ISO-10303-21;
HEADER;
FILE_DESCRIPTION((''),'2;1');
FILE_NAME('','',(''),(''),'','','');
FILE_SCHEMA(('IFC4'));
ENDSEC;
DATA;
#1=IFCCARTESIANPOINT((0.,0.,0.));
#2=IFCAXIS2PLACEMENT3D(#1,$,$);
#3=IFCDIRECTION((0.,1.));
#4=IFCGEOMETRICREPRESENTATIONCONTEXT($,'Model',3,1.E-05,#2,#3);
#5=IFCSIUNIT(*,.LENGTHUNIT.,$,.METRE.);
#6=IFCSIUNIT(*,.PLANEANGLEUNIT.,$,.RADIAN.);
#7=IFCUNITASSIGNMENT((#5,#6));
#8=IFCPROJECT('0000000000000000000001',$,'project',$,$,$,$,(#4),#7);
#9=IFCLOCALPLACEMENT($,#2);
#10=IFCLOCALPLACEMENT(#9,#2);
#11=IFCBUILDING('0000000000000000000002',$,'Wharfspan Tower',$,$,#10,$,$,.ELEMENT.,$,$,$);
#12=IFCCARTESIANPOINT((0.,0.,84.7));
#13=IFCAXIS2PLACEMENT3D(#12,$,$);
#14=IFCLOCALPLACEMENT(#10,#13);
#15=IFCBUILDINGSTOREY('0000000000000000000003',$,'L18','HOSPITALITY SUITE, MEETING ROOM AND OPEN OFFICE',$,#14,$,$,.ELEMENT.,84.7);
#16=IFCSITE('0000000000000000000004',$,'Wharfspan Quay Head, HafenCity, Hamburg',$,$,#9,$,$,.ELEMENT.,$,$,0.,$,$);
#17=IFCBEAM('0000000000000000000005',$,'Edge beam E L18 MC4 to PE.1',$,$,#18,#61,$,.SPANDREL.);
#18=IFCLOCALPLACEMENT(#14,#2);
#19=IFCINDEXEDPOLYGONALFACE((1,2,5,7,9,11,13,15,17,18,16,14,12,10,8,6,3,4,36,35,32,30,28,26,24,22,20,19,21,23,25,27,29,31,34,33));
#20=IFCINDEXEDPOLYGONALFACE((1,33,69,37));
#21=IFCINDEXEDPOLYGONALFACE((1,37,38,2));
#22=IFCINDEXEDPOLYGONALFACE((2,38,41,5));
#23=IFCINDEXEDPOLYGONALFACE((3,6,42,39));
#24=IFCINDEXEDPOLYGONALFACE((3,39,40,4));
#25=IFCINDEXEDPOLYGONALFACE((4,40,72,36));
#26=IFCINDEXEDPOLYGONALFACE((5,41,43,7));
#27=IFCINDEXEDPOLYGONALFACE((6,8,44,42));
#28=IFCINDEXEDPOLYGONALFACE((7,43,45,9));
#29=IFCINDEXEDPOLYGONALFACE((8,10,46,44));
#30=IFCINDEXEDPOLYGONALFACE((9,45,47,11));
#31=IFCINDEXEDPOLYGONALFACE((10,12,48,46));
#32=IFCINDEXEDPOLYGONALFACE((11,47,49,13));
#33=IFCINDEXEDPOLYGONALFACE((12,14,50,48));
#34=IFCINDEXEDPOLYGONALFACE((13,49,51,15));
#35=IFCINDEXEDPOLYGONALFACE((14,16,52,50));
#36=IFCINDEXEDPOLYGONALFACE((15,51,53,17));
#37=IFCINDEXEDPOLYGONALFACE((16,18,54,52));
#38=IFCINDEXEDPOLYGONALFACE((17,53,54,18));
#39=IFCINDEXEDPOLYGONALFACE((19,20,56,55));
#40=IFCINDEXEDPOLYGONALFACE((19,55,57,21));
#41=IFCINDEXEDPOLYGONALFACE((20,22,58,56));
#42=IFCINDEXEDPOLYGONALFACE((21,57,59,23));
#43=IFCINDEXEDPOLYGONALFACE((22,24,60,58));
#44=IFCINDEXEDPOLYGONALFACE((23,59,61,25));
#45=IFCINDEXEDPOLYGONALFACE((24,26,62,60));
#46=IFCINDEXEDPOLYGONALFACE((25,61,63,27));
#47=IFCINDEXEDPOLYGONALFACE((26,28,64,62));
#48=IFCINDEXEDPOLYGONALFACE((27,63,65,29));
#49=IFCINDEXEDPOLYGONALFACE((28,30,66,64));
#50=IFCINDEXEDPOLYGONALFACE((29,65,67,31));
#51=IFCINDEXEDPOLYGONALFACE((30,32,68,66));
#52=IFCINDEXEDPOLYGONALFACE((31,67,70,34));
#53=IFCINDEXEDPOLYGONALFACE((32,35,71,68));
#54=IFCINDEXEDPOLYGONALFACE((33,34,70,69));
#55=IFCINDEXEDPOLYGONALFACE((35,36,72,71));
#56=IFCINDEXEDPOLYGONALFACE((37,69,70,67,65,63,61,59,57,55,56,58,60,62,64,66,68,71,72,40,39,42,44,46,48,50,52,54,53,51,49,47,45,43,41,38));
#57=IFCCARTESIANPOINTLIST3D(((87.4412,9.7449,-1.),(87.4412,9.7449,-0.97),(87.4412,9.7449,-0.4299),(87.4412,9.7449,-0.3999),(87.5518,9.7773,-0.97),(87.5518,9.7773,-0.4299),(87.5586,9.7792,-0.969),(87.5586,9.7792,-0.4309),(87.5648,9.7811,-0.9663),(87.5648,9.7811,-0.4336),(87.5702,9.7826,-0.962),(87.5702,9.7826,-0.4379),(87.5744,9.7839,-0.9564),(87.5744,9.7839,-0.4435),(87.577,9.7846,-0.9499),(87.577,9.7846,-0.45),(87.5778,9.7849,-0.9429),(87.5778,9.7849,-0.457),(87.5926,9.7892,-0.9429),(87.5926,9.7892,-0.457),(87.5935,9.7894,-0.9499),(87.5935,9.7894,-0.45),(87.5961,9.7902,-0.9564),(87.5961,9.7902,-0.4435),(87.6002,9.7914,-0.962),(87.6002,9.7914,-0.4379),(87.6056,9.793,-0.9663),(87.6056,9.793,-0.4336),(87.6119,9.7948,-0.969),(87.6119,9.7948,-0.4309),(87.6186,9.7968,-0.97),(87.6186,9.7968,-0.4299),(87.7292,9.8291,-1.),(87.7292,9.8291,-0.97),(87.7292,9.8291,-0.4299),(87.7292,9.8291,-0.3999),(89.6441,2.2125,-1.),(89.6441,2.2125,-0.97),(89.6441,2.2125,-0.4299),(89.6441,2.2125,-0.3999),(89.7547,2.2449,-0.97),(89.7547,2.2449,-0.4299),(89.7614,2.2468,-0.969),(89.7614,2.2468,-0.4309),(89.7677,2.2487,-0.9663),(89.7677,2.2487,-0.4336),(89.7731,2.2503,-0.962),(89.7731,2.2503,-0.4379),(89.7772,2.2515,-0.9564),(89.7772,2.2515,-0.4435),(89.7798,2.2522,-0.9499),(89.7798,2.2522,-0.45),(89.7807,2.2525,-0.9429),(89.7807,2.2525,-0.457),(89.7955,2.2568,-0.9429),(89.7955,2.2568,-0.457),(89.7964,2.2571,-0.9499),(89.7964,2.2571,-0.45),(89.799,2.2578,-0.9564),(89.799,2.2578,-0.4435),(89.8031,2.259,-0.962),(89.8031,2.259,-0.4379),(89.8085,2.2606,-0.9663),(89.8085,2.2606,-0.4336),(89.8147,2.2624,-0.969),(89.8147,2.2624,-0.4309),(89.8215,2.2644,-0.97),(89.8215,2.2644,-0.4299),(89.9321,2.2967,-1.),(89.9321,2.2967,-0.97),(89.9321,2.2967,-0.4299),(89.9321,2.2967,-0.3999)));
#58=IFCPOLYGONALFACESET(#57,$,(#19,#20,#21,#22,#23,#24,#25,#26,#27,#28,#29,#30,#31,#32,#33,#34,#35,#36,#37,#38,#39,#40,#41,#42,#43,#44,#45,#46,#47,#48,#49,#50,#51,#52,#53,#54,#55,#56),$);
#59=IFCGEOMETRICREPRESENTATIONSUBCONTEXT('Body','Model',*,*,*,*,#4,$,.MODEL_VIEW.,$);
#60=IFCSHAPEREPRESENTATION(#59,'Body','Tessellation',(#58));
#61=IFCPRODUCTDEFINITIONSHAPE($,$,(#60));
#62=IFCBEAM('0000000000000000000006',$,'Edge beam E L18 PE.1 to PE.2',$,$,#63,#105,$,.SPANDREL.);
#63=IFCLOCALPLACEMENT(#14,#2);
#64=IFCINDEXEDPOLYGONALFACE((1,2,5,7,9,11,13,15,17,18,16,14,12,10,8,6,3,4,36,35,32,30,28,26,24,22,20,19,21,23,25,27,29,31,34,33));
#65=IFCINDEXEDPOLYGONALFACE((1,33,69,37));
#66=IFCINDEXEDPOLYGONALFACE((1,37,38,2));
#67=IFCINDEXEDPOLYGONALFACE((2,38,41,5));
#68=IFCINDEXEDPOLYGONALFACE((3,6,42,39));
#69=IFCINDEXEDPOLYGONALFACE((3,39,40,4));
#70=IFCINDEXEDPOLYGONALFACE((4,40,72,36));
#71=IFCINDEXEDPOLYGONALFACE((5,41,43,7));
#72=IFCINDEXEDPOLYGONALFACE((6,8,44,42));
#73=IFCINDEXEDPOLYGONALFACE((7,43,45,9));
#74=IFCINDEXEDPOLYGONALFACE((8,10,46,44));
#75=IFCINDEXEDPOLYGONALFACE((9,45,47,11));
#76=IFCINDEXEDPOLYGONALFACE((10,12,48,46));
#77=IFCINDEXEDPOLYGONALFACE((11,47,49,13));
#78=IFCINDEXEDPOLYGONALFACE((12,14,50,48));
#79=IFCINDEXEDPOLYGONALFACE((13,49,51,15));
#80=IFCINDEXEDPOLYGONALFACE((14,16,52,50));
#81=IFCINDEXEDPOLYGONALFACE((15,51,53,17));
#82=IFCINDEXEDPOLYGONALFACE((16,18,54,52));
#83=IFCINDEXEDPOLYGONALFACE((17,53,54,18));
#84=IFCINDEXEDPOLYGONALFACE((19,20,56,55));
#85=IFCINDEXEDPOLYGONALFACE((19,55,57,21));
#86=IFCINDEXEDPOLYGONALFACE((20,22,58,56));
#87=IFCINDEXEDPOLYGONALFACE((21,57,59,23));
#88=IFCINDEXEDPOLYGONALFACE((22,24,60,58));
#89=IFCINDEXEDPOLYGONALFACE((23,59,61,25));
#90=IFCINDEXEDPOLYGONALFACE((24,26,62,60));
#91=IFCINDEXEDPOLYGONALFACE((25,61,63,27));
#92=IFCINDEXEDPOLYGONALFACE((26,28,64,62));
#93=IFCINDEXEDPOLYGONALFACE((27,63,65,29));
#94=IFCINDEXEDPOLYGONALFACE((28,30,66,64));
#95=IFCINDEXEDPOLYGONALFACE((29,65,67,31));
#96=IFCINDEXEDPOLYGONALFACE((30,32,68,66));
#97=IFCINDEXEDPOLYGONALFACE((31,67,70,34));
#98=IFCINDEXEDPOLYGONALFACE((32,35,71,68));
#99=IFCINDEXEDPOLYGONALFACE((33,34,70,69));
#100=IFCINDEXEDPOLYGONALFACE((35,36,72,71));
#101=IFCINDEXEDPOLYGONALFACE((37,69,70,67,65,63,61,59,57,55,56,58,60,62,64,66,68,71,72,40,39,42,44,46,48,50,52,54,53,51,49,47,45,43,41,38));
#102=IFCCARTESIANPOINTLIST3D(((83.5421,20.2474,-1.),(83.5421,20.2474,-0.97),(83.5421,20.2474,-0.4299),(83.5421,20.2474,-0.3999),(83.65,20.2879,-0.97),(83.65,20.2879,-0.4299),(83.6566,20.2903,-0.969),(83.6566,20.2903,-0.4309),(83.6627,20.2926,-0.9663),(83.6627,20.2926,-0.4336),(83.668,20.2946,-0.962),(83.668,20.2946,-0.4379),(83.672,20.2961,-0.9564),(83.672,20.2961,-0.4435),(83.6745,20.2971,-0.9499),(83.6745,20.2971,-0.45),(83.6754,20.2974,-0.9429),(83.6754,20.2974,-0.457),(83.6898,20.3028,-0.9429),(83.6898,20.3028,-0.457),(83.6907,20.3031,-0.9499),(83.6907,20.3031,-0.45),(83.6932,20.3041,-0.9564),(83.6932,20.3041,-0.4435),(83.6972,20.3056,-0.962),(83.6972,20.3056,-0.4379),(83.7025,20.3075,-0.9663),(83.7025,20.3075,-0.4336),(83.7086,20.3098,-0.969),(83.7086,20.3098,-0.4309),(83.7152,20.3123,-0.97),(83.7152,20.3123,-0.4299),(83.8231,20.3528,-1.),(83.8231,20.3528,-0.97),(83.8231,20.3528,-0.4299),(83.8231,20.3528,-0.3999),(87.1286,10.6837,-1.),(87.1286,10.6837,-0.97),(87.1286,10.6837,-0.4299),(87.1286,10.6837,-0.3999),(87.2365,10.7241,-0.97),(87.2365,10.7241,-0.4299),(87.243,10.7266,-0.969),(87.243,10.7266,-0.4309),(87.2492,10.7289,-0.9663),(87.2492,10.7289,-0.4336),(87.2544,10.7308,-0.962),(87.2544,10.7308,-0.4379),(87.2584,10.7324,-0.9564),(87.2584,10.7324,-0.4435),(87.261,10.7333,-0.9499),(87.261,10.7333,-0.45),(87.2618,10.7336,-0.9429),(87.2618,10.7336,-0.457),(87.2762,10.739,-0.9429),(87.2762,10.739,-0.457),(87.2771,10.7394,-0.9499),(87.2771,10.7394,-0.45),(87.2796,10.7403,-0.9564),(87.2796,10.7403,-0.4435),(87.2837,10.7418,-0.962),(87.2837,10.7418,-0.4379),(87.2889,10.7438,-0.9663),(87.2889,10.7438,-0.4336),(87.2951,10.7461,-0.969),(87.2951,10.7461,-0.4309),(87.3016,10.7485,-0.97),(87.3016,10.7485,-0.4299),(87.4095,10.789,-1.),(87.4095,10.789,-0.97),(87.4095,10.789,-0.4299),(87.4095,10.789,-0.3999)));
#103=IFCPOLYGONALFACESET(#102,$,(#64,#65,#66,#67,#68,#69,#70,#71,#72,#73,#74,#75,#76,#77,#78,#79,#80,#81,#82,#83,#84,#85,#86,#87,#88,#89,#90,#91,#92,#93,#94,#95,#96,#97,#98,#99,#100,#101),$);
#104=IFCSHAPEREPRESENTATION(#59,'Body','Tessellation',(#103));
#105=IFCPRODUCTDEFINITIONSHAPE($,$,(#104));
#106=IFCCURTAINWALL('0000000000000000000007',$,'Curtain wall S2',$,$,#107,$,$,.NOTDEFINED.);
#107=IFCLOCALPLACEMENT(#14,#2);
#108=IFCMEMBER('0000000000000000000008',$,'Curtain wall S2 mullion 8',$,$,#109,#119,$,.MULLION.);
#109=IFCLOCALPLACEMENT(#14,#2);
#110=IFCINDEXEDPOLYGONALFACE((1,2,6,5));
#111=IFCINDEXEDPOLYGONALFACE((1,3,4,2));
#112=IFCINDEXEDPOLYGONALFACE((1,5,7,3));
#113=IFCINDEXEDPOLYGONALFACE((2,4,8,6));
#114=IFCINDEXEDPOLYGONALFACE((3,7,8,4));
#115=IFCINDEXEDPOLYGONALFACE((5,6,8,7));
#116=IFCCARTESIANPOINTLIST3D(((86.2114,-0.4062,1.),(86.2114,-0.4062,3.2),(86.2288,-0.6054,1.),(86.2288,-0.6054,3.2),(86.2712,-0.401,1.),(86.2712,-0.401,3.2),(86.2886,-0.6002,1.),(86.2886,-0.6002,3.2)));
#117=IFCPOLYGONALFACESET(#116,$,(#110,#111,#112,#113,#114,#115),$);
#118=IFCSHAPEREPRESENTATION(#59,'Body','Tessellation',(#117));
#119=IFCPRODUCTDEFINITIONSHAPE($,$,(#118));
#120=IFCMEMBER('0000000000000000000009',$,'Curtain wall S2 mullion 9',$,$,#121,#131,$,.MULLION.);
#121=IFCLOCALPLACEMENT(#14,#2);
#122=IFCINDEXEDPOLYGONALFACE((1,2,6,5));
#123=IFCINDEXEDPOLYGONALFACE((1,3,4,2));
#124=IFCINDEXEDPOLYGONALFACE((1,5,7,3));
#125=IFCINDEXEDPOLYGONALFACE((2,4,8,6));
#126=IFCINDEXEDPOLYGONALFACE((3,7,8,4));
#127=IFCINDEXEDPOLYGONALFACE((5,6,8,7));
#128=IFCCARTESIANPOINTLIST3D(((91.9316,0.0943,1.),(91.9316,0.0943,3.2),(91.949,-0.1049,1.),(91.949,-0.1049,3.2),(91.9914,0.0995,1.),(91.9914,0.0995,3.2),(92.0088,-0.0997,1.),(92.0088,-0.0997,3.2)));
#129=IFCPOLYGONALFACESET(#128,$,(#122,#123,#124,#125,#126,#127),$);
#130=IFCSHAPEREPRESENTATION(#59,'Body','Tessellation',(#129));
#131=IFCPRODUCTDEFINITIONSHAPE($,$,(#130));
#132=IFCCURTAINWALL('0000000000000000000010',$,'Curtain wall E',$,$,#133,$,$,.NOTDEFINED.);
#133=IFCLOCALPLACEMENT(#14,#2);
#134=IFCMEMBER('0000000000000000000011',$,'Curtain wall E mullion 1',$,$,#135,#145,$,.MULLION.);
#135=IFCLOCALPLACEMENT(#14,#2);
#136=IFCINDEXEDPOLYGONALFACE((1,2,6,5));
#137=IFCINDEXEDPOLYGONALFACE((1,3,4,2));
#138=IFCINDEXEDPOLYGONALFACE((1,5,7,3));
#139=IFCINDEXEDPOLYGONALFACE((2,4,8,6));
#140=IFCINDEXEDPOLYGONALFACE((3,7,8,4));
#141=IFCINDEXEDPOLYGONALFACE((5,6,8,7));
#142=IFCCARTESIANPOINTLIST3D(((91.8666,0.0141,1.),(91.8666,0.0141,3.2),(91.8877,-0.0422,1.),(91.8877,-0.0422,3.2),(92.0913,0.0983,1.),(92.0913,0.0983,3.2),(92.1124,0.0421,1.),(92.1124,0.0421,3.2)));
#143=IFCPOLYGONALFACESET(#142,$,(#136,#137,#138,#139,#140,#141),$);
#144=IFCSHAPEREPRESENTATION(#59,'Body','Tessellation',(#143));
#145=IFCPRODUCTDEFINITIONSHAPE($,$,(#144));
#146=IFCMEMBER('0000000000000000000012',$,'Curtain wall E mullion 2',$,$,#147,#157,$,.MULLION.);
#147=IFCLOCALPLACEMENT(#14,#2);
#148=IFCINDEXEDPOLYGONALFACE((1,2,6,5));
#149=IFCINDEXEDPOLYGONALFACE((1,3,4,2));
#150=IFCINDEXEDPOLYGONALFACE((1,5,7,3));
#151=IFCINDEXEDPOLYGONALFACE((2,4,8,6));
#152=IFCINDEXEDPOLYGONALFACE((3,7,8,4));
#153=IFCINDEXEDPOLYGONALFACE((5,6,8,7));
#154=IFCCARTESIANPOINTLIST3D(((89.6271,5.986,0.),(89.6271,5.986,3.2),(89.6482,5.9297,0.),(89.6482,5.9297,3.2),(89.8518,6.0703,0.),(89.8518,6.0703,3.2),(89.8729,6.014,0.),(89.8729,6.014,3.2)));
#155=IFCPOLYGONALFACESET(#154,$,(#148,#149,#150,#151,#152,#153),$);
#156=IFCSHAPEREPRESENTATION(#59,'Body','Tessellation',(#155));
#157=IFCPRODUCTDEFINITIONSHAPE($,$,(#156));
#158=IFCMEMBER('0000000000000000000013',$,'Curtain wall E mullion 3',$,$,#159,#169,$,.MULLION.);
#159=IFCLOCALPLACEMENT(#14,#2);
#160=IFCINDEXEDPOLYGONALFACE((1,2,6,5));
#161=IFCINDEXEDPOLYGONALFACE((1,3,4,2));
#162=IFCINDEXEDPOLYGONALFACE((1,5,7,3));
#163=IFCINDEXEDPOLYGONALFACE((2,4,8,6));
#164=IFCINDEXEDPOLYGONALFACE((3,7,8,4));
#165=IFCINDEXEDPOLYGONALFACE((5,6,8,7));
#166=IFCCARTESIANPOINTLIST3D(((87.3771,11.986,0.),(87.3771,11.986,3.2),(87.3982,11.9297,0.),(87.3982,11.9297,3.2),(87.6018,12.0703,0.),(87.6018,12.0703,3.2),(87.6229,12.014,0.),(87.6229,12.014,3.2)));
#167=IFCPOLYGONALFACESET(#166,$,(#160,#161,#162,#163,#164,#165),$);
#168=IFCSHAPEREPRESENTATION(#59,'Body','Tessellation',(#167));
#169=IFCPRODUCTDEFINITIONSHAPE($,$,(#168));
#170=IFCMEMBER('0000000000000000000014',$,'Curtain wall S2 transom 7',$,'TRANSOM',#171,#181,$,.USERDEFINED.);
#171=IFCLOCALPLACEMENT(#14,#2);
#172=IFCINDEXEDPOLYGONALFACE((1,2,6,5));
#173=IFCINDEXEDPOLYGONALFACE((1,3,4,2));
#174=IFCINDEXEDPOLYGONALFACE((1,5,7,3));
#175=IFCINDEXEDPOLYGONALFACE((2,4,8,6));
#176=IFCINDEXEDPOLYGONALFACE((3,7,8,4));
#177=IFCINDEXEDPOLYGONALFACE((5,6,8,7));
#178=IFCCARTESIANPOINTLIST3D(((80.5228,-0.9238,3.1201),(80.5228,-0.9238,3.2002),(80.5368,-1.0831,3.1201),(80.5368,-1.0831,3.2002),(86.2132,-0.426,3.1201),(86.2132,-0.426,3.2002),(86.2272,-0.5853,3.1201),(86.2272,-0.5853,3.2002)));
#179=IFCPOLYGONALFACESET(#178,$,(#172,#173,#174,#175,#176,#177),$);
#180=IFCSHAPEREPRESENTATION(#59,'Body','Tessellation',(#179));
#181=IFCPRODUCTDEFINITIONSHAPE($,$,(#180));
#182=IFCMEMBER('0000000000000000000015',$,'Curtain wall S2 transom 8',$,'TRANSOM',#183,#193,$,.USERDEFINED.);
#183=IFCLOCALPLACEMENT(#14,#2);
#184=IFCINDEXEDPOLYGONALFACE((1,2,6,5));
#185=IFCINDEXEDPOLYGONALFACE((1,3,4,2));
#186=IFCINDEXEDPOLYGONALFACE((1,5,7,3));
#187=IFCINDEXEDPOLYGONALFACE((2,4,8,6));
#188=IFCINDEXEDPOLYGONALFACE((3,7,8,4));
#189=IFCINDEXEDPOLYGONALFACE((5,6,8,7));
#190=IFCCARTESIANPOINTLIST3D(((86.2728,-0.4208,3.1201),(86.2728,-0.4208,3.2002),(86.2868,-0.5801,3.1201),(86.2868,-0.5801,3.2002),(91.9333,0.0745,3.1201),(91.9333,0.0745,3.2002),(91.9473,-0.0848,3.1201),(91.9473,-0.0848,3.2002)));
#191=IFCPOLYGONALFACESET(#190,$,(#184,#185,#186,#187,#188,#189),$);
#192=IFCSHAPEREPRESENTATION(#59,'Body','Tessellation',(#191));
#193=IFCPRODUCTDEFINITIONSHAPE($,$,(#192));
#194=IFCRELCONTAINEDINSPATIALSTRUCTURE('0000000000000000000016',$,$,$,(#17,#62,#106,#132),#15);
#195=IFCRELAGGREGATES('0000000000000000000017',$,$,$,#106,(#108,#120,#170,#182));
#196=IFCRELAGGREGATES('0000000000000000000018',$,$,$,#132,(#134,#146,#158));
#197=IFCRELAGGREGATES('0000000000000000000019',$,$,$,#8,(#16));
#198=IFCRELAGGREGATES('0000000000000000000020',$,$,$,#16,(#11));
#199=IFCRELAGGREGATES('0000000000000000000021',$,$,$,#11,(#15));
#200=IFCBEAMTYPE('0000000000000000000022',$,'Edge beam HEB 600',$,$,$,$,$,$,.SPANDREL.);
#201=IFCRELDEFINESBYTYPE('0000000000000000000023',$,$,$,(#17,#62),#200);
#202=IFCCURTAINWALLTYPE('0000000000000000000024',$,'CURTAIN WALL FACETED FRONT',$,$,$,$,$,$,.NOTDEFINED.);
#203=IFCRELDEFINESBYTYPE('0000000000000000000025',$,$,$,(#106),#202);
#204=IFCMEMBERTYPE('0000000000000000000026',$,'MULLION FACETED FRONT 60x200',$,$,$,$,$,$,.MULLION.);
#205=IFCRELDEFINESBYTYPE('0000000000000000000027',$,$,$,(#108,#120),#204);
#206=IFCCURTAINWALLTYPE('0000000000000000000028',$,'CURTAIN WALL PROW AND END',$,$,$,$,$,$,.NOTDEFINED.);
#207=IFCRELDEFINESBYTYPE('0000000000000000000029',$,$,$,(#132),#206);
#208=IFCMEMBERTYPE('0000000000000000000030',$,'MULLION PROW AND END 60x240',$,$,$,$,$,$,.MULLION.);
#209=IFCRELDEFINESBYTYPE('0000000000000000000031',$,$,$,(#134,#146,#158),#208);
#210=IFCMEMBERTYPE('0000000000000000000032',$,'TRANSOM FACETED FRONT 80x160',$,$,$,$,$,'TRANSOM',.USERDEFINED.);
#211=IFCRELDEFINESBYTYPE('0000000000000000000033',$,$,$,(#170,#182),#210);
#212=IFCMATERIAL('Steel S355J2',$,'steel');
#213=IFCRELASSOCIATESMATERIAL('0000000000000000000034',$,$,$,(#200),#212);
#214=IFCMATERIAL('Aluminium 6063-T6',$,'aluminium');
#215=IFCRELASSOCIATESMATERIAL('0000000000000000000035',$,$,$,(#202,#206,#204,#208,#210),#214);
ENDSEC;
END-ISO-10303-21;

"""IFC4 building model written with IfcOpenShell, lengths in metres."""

from ifc_helpers import new_model, si_unit, direction, frame, origin, origin_2d, place, context, subcontext, project, spatial, rectangle, i_section, extrude, material, material_profile, profile_set, type_object, element, aggregate, save


model = new_model("IFC4")

# Units and contexts
model_context = context("Model", 3, precision=1e-05, world=origin(), true_north=direction((0.0, 1.0)))
body_context = subcontext(model_context, "Body", "Model", "MODEL_VIEW")
ifc_project = project(units=[si_unit("LENGTHUNIT", "METRE"), si_unit("PLANEANGLEUNIT", "RADIAN")], contexts=[model_context])

# Site, building, storey
site_placement = place(None, origin())
site = spatial("IfcSite", under=ifc_project, at=site_placement, Name="Wharfspan Quay Head, HafenCity, Hamburg", CompositionType="ELEMENT", RefElevation=0.0)
building_placement = place(site_placement, origin())
building = spatial("IfcBuilding", under=site, at=building_placement, Name="Wharfspan Tower", CompositionType="ELEMENT")
storey_placement = place(building_placement, frame((0.0, 0.0, 84.7)))
storey = spatial("IfcBuildingStorey", under=building, at=storey_placement, Name="L18", Description="HOSPITALITY SUITE, MEETING ROOM AND OPEN OFFICE", CompositionType="ELEMENT", Elevation=84.7)

# Shared definitions
ifc_material_1 = material(Name="Steel S355J2", Category="steel")

# Beams
ifc_material_profile_1 = material_profile(ifc_material_1, i_section(OverallWidth=0.3, OverallDepth=0.6001, WebThickness=0.0154, FlangeThickness=0.03, FilletRadius=0.0271, at=origin_2d()))
ifc_profile_set_1 = profile_set([ifc_material_profile_1], Name="Steel S355J2")
beam_type = type_object("IfcBeamType", Name="Edge beam HEB 600", PredefinedType="SPANDREL", material=ifc_profile_set_1)
beam_1_placement = place(storey_placement, frame((89.7881, 2.2546, -0.7), z_axis=(-0.280694, 0.959797, 0.0), x_axis=(-0.959797, -0.280694, 0.0)))
element("IfcBeam", 1, at=beam_1_placement, inside=storey, type_object=beam_type, Name="Edge beam E L18 MC4 to PE.1", PredefinedType="SPANDREL", context=body_context, shape_type="SweptSolid", body=[
    extrude(i_section(OverallWidth=0.3, OverallDepth=0.6001, WebThickness=0.0154, FlangeThickness=0.03, FilletRadius=0.0271, at=origin_2d()), origin(), (0.0, 0.0, 1.0), 7.8479),
])
beam_2_placement = place(storey_placement, frame((87.269, 10.7363, -0.7), z_axis=(-0.351126, 0.936328, 0.0), x_axis=(-0.936328, -0.351126, 0.0)))
element("IfcBeam", 2, at=beam_2_placement, inside=storey, type_object=beam_type, Name="Edge beam E L18 PE.1 to PE.2", PredefinedType="SPANDREL", context=body_context, shape_type="SweptSolid", body=[
    extrude(i_section(OverallWidth=0.3, OverallDepth=0.6001, WebThickness=0.0154, FlangeThickness=0.03, FilletRadius=0.0271, at=origin_2d()), origin(), (0.0, 0.0, 1.0), 10.2141),
])

# Curtain walls, members
ifc_material_2 = material(Name="Aluminium 6063-T6", Category="aluminium")
curtain_wall_type_1 = type_object("IfcCurtainWallType", Name="CURTAIN WALL FACETED FRONT", PredefinedType="NOTDEFINED", material=ifc_material_2)
curtain_wall_1_placement = place(storey_placement, origin())
curtain_wall_1 = element("IfcCurtainWall", 3, at=curtain_wall_1_placement, inside=storey, type_object=curtain_wall_type_1, Name="Curtain wall S2", PredefinedType="NOTDEFINED")
ifc_material_profile_2 = material_profile(ifc_material_2, rectangle(XDim=0.2, YDim=0.0601, at=origin_2d()))
ifc_profile_set_2 = profile_set([ifc_material_profile_2], Name="Aluminium 6063-T6")
member_type_1 = type_object("IfcMemberType", Name="MULLION FACETED FRONT 60x200", PredefinedType="MULLION", material=ifc_profile_set_2)
member_1_placement = place(storey_placement, frame((86.25, -0.5032, 1.0), z_axis=(0.0, 0.0, 1.0), x_axis=(-0.087156, 0.996197, 0.0)))
member_1 = element("IfcMember", 4, at=member_1_placement, type_object=member_type_1, Name="Curtain wall S2 mullion 8", PredefinedType="MULLION", context=body_context, shape_type="SweptSolid", body=[
    extrude(rectangle(XDim=0.2, YDim=0.0601, at=origin_2d()), origin(), (0.0, 0.0, 1.0), 2.2),
])
member_2_placement = place(storey_placement, frame((91.9702, -0.0027, 1.0), z_axis=(0.0, 0.0, 1.0), x_axis=(-0.087156, 0.996197, 0.0)))
member_2 = element("IfcMember", 5, at=member_2_placement, type_object=member_type_1, Name="Curtain wall S2 mullion 9", PredefinedType="MULLION", context=body_context, shape_type="SweptSolid", body=[
    extrude(rectangle(XDim=0.2, YDim=0.0601, at=origin_2d()), origin(), (0.0, 0.0, 1.0), 2.2),
])
curtain_wall_type_2 = type_object("IfcCurtainWallType", Name="CURTAIN WALL PROW AND END", PredefinedType="NOTDEFINED", material=ifc_material_2)
curtain_wall_2_placement = place(storey_placement, origin())
curtain_wall_2 = element("IfcCurtainWall", 6, at=curtain_wall_2_placement, inside=storey, type_object=curtain_wall_type_2, Name="Curtain wall E", PredefinedType="NOTDEFINED")
ifc_material_profile_3 = material_profile(ifc_material_2, rectangle(XDim=0.24, YDim=0.0601, at=origin_2d()))
ifc_profile_set_3 = profile_set([ifc_material_profile_3], Name="Aluminium 6063-T6")
member_type_2 = type_object("IfcMemberType", Name="MULLION PROW AND END 60x240", PredefinedType="MULLION", material=ifc_profile_set_3)
member_3_placement = place(storey_placement, frame((91.9895, 0.0281, 1.0), z_axis=(0.0, 0.0, 1.0), x_axis=(-0.936328, -0.351123, 0.0)))
member_3 = element("IfcMember", 7, at=member_3_placement, type_object=member_type_2, Name="Curtain wall E mullion 1", PredefinedType="MULLION", context=body_context, shape_type="SweptSolid", body=[
    extrude(rectangle(XDim=0.24, YDim=0.0601, at=origin_2d()), origin(), (0.0, 0.0, 1.0), 2.2),
])
member_4_placement = place(storey_placement, frame((89.75, 6.0, 0.0), z_axis=(0.0, 0.0, 1.0), x_axis=(-0.936328, -0.351123, 0.0)))
member_4 = element("IfcMember", 8, at=member_4_placement, type_object=member_type_2, Name="Curtain wall E mullion 2", PredefinedType="MULLION", context=body_context, shape_type="SweptSolid", body=[
    extrude(rectangle(XDim=0.24, YDim=0.0601, at=origin_2d()), origin(), (0.0, 0.0, 1.0), 3.2),
])
member_5_placement = place(storey_placement, frame((87.5, 12.0, 0.0), z_axis=(0.0, 0.0, 1.0), x_axis=(-0.936328, -0.351123, 0.0)))
member_5 = element("IfcMember", 9, at=member_5_placement, type_object=member_type_2, Name="Curtain wall E mullion 3", PredefinedType="MULLION", context=body_context, shape_type="SweptSolid", body=[
    extrude(rectangle(XDim=0.24, YDim=0.0601, at=origin_2d()), origin(), (0.0, 0.0, 1.0), 3.2),
])

# Members
ifc_material_profile_4 = material_profile(ifc_material_2, rectangle(XDim=0.1599, YDim=0.0801, at=origin_2d()))
ifc_profile_set_4 = profile_set([ifc_material_profile_4], Name="Aluminium 6063-T6")
member_type_3 = type_object("IfcMemberType", Name="TRANSOM FACETED FRONT 80x160", ElementType="TRANSOM", PredefinedType="USERDEFINED", material=ifc_profile_set_4)
member_6_placement = place(storey_placement, frame((80.5298, -1.0034, 3.1602), z_axis=(0.996195, 0.087148, 0.0), x_axis=(-0.087148, 0.996195, 0.0)))
member_6 = element("IfcMember", 10, at=member_6_placement, type_object=member_type_3, Name="Curtain wall S2 transom 7", ObjectType="TRANSOM", PredefinedType="USERDEFINED", context=body_context, shape_type="SweptSolid", body=[
    extrude(rectangle(XDim=0.1599, YDim=0.0801, at=origin_2d()), origin(), (0.0, 0.0, 1.0), 5.7122),
])
member_7_placement = place(storey_placement, frame((86.2798, -0.5005, 3.1602), z_axis=(0.996193, 0.08718, 0.0), x_axis=(-0.08718, 0.996193, 0.0)))
member_7 = element("IfcMember", 11, at=member_7_placement, type_object=member_type_3, Name="Curtain wall S2 transom 8", ObjectType="TRANSOM", PredefinedType="USERDEFINED", context=body_context, shape_type="SweptSolid", body=[
    extrude(rectangle(XDim=0.1599, YDim=0.0801, at=origin_2d()), origin(), (0.0, 0.0, 1.0), 5.6821),
])

aggregate(curtain_wall_1, [member_1, member_2, member_6, member_7])
aggregate(curtain_wall_2, [member_3, member_4, member_5])

save(model, "model.ifc")
